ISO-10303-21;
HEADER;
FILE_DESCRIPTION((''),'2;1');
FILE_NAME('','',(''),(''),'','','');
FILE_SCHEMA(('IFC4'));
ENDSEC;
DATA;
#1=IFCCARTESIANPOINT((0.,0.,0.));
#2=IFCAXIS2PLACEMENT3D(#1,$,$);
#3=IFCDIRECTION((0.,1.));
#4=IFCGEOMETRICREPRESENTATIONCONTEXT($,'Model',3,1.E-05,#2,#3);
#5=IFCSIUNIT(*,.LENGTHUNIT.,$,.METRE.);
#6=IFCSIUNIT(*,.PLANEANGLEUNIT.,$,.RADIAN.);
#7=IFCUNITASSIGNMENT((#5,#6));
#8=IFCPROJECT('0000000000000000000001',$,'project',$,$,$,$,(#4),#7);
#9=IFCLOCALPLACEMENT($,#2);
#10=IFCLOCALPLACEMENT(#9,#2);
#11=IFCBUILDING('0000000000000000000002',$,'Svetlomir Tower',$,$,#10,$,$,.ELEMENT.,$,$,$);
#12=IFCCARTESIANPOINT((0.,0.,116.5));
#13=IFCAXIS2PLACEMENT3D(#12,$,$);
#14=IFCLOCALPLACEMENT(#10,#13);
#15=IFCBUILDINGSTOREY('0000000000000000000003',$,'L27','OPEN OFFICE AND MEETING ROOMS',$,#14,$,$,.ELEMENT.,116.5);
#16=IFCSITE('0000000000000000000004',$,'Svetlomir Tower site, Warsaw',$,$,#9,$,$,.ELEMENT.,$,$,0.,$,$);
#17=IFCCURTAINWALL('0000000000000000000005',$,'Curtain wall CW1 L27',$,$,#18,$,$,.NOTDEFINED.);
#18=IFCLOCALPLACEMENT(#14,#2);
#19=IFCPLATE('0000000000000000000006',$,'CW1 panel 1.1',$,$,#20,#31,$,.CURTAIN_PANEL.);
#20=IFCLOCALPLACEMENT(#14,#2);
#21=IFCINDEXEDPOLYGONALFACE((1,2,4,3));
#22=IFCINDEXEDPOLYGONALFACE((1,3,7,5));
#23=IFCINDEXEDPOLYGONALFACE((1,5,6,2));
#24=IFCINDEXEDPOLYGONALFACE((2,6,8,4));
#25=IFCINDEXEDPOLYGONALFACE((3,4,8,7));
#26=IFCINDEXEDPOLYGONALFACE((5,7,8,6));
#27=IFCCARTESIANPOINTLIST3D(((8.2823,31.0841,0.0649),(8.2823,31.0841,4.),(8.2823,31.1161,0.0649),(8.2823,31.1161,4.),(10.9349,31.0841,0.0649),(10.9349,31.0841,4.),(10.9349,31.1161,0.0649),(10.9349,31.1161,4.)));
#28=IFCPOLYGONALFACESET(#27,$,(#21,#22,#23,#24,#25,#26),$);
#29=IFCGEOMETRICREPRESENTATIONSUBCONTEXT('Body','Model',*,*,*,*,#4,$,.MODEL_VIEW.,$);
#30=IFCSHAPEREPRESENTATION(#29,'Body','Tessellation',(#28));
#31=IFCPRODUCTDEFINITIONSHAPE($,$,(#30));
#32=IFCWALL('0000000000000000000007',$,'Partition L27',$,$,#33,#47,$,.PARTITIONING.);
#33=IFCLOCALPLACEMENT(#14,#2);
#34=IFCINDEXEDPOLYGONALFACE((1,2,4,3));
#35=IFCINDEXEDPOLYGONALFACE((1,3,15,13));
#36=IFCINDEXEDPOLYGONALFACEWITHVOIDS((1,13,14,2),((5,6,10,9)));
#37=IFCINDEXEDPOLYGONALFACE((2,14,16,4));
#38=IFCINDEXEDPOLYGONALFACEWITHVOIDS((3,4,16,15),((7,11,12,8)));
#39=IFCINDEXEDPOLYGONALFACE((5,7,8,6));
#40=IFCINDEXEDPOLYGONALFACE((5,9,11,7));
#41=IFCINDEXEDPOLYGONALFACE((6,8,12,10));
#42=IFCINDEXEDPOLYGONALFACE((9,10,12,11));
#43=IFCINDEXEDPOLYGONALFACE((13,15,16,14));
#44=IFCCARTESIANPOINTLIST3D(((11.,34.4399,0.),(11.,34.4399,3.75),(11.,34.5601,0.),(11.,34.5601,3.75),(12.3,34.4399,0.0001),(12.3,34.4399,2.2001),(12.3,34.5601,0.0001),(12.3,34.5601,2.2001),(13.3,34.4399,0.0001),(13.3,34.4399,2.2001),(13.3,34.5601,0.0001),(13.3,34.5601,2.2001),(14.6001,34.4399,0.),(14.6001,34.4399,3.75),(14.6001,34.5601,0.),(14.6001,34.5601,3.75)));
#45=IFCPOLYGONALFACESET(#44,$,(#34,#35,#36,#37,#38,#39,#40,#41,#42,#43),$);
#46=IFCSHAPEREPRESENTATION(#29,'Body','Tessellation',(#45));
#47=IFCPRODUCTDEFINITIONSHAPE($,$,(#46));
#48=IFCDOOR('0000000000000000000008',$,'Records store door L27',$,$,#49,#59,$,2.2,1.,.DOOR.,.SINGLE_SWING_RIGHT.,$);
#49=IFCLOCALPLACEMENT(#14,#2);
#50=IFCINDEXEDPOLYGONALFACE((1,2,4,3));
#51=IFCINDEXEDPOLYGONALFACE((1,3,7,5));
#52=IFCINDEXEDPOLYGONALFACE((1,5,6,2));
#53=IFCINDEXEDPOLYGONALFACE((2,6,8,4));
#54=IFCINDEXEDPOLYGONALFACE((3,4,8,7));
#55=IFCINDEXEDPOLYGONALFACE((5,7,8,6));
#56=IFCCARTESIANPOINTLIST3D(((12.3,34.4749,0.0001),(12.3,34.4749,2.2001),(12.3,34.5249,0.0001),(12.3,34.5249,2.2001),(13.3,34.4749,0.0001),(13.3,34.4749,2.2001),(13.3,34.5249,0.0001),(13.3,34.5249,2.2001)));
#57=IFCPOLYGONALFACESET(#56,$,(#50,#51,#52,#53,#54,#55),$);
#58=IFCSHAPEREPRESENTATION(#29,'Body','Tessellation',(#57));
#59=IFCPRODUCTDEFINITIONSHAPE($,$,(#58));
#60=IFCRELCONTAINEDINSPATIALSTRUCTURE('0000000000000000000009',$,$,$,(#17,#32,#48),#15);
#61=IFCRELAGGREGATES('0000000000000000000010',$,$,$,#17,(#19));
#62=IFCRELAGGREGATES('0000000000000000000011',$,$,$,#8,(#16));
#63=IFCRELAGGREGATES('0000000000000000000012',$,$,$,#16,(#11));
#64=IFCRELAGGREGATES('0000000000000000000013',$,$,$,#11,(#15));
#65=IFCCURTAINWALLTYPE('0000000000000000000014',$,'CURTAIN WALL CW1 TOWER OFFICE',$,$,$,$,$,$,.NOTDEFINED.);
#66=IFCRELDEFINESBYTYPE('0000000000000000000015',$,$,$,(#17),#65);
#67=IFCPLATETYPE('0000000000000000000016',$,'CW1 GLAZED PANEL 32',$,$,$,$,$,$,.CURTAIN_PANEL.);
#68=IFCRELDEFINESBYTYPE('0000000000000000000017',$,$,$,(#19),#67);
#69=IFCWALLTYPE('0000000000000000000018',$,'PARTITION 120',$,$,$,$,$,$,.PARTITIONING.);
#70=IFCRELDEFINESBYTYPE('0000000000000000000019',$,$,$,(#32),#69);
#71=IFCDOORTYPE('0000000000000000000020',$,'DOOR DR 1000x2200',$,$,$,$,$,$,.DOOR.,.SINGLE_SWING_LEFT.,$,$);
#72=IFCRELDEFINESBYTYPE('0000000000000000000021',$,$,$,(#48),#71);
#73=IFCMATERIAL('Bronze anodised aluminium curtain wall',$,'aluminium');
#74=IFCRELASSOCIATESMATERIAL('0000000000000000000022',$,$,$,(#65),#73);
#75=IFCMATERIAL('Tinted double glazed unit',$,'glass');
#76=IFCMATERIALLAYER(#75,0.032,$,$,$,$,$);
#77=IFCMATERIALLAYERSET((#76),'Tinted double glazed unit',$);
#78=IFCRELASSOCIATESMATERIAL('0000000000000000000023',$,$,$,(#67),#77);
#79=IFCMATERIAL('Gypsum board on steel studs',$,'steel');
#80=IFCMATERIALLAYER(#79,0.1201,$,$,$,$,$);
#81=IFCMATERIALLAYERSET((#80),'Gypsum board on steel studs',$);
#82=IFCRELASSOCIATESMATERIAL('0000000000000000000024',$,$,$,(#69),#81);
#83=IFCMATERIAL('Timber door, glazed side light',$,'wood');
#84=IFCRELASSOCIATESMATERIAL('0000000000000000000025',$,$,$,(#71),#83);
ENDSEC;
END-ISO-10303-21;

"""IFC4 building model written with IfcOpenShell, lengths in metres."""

from ifc_helpers import new_model, si_unit, direction, frame, frame_2d, origin, origin_2d, place, context, subcontext, project, spatial, rectangle, extrude, material, layer, layer_set, type_object, element, fill, aggregate, save


model = new_model("IFC4")

# Units and contexts
model_context = context("Model", 3, precision=1e-05, world=origin(), true_north=direction((0.0, 1.0)))
body_context = subcontext(model_context, "Body", "Model", "MODEL_VIEW")
ifc_project = project(units=[si_unit("LENGTHUNIT", "METRE"), si_unit("PLANEANGLEUNIT", "RADIAN")], contexts=[model_context])

# Site, building, storey
site_placement = place(None, origin())
site = spatial("IfcSite", under=ifc_project, at=site_placement, Name="Svetlomir Tower site, Warsaw", CompositionType="ELEMENT", RefElevation=0.0)
building_placement = place(site_placement, origin())
building = spatial("IfcBuilding", under=site, at=building_placement, Name="Svetlomir Tower", CompositionType="ELEMENT")
storey_placement = place(building_placement, frame((0.0, 0.0, 116.5)))
storey = spatial("IfcBuildingStorey", under=building, at=storey_placement, Name="L27", Description="OPEN OFFICE AND MEETING ROOMS", CompositionType="ELEMENT", Elevation=116.5)

# Shared definitions
ifc_material_1 = material(Name="Bronze anodised aluminium curtain wall", Category="aluminium")
curtain_wall_type = type_object("IfcCurtainWallType", Name="CURTAIN WALL CW1 TOWER OFFICE", PredefinedType="NOTDEFINED", material=ifc_material_1)

# Curtain wall
curtain_wall_1_placement = place(storey_placement, origin())
curtain_wall_1 = element("IfcCurtainWall", 1, at=curtain_wall_1_placement, inside=storey, type_object=curtain_wall_type, Name="Curtain wall CW1 L27", PredefinedType="NOTDEFINED")

# Plate
ifc_material_2 = material(Name="Tinted double glazed unit", Category="glass")
ifc_layer_1 = layer(ifc_material_2, 0.032)
ifc_layer_set_1 = layer_set([ifc_layer_1], Name="Tinted double glazed unit")
plate_type = type_object("IfcPlateType", Name="CW1 GLAZED PANEL 32", PredefinedType="CURTAIN_PANEL", material=ifc_layer_set_1)
plate_1_placement = place(storey_placement, frame((9.6086, 31.1001, 0.0649), z_axis=(0.0, 0.0, 1.0), x_axis=(-1.0, 0.0, 0.0)))
plate_1 = element("IfcPlate", 2, at=plate_1_placement, type_object=plate_type, Name="CW1 panel 1.1", PredefinedType="CURTAIN_PANEL", context=body_context, shape_type="SweptSolid", body=[
    extrude(rectangle(XDim=2.6526, YDim=0.032, at=origin_2d()), origin(), (0.0, 0.0, 1.0), 3.9351),
])
aggregate(curtain_wall_1, [plate_1])

# Wall, opening, door
ifc_material_3 = material(Name="Gypsum board on steel studs", Category="steel")
ifc_layer_2 = layer(ifc_material_3, 0.1201)
ifc_layer_set_2 = layer_set([ifc_layer_2], Name="Gypsum board on steel studs")
wall_type = type_object("IfcWallType", Name="PARTITION 120", PredefinedType="PARTITIONING", material=ifc_layer_set_2)
wall_placement = place(storey_placement, frame((11.0, 34.5, 0.0), z_axis=(0.0, 0.0, 1.0), x_axis=(1.0, 0.0, 0.0)))
wall = element("IfcWall", 3, at=wall_placement, inside=storey, type_object=wall_type, Name="Partition L27", PredefinedType="PARTITIONING", context=body_context, shape_type="SweptSolid", body=[
    extrude(rectangle(XDim=3.6001, YDim=0.1201, at=frame_2d((1.8, 0.0))), origin(), (0.0, 0.0, 1.0), 3.75),
])
opening_placement = place(wall_placement, frame((1.3, 0.0, 0.0)))
opening = element("IfcOpeningElement", 4, at=opening_placement, cuts=wall, PredefinedType="OPENING", context=body_context, shape_type="SweptSolid", body=[
    extrude(rectangle(XDim=1.0, YDim=2.2, at=frame_2d((0.5, 1.1001))), frame((0.0, 0.0701, 0.0), z_axis=(0.0, -1.0, 0.0), x_axis=(1.0, 0.0, 0.0)), (0.0, 0.0, 1.0), 0.1401),
])
ifc_material_4 = material(Name="Timber door, glazed side light", Category="wood")
door_type = type_object("IfcDoorType", Name="DOOR DR 1000x2200", OperationType="SINGLE_SWING_LEFT", PredefinedType="DOOR", material=ifc_material_4)
door_placement = place(opening_placement, origin())
door = element("IfcDoor", 5, at=door_placement, inside=storey, type_object=door_type, Name="Records store door L27", OperationType="SINGLE_SWING_RIGHT", OverallHeight=2.2, OverallWidth=1.0, PredefinedType="DOOR", context=body_context, shape_type="SweptSolid", body=[
    extrude(rectangle(XDim=1.0, YDim=2.2, at=frame_2d((0.5, 1.1001))), frame((0.0, 0.0249, 0.0), z_axis=(0.0, -1.0, 0.0), x_axis=(1.0, 0.0, 0.0)), (0.0, 0.0, 1.0), 0.05),
])
fill(opening, door)

save(model, "model.ifc")
